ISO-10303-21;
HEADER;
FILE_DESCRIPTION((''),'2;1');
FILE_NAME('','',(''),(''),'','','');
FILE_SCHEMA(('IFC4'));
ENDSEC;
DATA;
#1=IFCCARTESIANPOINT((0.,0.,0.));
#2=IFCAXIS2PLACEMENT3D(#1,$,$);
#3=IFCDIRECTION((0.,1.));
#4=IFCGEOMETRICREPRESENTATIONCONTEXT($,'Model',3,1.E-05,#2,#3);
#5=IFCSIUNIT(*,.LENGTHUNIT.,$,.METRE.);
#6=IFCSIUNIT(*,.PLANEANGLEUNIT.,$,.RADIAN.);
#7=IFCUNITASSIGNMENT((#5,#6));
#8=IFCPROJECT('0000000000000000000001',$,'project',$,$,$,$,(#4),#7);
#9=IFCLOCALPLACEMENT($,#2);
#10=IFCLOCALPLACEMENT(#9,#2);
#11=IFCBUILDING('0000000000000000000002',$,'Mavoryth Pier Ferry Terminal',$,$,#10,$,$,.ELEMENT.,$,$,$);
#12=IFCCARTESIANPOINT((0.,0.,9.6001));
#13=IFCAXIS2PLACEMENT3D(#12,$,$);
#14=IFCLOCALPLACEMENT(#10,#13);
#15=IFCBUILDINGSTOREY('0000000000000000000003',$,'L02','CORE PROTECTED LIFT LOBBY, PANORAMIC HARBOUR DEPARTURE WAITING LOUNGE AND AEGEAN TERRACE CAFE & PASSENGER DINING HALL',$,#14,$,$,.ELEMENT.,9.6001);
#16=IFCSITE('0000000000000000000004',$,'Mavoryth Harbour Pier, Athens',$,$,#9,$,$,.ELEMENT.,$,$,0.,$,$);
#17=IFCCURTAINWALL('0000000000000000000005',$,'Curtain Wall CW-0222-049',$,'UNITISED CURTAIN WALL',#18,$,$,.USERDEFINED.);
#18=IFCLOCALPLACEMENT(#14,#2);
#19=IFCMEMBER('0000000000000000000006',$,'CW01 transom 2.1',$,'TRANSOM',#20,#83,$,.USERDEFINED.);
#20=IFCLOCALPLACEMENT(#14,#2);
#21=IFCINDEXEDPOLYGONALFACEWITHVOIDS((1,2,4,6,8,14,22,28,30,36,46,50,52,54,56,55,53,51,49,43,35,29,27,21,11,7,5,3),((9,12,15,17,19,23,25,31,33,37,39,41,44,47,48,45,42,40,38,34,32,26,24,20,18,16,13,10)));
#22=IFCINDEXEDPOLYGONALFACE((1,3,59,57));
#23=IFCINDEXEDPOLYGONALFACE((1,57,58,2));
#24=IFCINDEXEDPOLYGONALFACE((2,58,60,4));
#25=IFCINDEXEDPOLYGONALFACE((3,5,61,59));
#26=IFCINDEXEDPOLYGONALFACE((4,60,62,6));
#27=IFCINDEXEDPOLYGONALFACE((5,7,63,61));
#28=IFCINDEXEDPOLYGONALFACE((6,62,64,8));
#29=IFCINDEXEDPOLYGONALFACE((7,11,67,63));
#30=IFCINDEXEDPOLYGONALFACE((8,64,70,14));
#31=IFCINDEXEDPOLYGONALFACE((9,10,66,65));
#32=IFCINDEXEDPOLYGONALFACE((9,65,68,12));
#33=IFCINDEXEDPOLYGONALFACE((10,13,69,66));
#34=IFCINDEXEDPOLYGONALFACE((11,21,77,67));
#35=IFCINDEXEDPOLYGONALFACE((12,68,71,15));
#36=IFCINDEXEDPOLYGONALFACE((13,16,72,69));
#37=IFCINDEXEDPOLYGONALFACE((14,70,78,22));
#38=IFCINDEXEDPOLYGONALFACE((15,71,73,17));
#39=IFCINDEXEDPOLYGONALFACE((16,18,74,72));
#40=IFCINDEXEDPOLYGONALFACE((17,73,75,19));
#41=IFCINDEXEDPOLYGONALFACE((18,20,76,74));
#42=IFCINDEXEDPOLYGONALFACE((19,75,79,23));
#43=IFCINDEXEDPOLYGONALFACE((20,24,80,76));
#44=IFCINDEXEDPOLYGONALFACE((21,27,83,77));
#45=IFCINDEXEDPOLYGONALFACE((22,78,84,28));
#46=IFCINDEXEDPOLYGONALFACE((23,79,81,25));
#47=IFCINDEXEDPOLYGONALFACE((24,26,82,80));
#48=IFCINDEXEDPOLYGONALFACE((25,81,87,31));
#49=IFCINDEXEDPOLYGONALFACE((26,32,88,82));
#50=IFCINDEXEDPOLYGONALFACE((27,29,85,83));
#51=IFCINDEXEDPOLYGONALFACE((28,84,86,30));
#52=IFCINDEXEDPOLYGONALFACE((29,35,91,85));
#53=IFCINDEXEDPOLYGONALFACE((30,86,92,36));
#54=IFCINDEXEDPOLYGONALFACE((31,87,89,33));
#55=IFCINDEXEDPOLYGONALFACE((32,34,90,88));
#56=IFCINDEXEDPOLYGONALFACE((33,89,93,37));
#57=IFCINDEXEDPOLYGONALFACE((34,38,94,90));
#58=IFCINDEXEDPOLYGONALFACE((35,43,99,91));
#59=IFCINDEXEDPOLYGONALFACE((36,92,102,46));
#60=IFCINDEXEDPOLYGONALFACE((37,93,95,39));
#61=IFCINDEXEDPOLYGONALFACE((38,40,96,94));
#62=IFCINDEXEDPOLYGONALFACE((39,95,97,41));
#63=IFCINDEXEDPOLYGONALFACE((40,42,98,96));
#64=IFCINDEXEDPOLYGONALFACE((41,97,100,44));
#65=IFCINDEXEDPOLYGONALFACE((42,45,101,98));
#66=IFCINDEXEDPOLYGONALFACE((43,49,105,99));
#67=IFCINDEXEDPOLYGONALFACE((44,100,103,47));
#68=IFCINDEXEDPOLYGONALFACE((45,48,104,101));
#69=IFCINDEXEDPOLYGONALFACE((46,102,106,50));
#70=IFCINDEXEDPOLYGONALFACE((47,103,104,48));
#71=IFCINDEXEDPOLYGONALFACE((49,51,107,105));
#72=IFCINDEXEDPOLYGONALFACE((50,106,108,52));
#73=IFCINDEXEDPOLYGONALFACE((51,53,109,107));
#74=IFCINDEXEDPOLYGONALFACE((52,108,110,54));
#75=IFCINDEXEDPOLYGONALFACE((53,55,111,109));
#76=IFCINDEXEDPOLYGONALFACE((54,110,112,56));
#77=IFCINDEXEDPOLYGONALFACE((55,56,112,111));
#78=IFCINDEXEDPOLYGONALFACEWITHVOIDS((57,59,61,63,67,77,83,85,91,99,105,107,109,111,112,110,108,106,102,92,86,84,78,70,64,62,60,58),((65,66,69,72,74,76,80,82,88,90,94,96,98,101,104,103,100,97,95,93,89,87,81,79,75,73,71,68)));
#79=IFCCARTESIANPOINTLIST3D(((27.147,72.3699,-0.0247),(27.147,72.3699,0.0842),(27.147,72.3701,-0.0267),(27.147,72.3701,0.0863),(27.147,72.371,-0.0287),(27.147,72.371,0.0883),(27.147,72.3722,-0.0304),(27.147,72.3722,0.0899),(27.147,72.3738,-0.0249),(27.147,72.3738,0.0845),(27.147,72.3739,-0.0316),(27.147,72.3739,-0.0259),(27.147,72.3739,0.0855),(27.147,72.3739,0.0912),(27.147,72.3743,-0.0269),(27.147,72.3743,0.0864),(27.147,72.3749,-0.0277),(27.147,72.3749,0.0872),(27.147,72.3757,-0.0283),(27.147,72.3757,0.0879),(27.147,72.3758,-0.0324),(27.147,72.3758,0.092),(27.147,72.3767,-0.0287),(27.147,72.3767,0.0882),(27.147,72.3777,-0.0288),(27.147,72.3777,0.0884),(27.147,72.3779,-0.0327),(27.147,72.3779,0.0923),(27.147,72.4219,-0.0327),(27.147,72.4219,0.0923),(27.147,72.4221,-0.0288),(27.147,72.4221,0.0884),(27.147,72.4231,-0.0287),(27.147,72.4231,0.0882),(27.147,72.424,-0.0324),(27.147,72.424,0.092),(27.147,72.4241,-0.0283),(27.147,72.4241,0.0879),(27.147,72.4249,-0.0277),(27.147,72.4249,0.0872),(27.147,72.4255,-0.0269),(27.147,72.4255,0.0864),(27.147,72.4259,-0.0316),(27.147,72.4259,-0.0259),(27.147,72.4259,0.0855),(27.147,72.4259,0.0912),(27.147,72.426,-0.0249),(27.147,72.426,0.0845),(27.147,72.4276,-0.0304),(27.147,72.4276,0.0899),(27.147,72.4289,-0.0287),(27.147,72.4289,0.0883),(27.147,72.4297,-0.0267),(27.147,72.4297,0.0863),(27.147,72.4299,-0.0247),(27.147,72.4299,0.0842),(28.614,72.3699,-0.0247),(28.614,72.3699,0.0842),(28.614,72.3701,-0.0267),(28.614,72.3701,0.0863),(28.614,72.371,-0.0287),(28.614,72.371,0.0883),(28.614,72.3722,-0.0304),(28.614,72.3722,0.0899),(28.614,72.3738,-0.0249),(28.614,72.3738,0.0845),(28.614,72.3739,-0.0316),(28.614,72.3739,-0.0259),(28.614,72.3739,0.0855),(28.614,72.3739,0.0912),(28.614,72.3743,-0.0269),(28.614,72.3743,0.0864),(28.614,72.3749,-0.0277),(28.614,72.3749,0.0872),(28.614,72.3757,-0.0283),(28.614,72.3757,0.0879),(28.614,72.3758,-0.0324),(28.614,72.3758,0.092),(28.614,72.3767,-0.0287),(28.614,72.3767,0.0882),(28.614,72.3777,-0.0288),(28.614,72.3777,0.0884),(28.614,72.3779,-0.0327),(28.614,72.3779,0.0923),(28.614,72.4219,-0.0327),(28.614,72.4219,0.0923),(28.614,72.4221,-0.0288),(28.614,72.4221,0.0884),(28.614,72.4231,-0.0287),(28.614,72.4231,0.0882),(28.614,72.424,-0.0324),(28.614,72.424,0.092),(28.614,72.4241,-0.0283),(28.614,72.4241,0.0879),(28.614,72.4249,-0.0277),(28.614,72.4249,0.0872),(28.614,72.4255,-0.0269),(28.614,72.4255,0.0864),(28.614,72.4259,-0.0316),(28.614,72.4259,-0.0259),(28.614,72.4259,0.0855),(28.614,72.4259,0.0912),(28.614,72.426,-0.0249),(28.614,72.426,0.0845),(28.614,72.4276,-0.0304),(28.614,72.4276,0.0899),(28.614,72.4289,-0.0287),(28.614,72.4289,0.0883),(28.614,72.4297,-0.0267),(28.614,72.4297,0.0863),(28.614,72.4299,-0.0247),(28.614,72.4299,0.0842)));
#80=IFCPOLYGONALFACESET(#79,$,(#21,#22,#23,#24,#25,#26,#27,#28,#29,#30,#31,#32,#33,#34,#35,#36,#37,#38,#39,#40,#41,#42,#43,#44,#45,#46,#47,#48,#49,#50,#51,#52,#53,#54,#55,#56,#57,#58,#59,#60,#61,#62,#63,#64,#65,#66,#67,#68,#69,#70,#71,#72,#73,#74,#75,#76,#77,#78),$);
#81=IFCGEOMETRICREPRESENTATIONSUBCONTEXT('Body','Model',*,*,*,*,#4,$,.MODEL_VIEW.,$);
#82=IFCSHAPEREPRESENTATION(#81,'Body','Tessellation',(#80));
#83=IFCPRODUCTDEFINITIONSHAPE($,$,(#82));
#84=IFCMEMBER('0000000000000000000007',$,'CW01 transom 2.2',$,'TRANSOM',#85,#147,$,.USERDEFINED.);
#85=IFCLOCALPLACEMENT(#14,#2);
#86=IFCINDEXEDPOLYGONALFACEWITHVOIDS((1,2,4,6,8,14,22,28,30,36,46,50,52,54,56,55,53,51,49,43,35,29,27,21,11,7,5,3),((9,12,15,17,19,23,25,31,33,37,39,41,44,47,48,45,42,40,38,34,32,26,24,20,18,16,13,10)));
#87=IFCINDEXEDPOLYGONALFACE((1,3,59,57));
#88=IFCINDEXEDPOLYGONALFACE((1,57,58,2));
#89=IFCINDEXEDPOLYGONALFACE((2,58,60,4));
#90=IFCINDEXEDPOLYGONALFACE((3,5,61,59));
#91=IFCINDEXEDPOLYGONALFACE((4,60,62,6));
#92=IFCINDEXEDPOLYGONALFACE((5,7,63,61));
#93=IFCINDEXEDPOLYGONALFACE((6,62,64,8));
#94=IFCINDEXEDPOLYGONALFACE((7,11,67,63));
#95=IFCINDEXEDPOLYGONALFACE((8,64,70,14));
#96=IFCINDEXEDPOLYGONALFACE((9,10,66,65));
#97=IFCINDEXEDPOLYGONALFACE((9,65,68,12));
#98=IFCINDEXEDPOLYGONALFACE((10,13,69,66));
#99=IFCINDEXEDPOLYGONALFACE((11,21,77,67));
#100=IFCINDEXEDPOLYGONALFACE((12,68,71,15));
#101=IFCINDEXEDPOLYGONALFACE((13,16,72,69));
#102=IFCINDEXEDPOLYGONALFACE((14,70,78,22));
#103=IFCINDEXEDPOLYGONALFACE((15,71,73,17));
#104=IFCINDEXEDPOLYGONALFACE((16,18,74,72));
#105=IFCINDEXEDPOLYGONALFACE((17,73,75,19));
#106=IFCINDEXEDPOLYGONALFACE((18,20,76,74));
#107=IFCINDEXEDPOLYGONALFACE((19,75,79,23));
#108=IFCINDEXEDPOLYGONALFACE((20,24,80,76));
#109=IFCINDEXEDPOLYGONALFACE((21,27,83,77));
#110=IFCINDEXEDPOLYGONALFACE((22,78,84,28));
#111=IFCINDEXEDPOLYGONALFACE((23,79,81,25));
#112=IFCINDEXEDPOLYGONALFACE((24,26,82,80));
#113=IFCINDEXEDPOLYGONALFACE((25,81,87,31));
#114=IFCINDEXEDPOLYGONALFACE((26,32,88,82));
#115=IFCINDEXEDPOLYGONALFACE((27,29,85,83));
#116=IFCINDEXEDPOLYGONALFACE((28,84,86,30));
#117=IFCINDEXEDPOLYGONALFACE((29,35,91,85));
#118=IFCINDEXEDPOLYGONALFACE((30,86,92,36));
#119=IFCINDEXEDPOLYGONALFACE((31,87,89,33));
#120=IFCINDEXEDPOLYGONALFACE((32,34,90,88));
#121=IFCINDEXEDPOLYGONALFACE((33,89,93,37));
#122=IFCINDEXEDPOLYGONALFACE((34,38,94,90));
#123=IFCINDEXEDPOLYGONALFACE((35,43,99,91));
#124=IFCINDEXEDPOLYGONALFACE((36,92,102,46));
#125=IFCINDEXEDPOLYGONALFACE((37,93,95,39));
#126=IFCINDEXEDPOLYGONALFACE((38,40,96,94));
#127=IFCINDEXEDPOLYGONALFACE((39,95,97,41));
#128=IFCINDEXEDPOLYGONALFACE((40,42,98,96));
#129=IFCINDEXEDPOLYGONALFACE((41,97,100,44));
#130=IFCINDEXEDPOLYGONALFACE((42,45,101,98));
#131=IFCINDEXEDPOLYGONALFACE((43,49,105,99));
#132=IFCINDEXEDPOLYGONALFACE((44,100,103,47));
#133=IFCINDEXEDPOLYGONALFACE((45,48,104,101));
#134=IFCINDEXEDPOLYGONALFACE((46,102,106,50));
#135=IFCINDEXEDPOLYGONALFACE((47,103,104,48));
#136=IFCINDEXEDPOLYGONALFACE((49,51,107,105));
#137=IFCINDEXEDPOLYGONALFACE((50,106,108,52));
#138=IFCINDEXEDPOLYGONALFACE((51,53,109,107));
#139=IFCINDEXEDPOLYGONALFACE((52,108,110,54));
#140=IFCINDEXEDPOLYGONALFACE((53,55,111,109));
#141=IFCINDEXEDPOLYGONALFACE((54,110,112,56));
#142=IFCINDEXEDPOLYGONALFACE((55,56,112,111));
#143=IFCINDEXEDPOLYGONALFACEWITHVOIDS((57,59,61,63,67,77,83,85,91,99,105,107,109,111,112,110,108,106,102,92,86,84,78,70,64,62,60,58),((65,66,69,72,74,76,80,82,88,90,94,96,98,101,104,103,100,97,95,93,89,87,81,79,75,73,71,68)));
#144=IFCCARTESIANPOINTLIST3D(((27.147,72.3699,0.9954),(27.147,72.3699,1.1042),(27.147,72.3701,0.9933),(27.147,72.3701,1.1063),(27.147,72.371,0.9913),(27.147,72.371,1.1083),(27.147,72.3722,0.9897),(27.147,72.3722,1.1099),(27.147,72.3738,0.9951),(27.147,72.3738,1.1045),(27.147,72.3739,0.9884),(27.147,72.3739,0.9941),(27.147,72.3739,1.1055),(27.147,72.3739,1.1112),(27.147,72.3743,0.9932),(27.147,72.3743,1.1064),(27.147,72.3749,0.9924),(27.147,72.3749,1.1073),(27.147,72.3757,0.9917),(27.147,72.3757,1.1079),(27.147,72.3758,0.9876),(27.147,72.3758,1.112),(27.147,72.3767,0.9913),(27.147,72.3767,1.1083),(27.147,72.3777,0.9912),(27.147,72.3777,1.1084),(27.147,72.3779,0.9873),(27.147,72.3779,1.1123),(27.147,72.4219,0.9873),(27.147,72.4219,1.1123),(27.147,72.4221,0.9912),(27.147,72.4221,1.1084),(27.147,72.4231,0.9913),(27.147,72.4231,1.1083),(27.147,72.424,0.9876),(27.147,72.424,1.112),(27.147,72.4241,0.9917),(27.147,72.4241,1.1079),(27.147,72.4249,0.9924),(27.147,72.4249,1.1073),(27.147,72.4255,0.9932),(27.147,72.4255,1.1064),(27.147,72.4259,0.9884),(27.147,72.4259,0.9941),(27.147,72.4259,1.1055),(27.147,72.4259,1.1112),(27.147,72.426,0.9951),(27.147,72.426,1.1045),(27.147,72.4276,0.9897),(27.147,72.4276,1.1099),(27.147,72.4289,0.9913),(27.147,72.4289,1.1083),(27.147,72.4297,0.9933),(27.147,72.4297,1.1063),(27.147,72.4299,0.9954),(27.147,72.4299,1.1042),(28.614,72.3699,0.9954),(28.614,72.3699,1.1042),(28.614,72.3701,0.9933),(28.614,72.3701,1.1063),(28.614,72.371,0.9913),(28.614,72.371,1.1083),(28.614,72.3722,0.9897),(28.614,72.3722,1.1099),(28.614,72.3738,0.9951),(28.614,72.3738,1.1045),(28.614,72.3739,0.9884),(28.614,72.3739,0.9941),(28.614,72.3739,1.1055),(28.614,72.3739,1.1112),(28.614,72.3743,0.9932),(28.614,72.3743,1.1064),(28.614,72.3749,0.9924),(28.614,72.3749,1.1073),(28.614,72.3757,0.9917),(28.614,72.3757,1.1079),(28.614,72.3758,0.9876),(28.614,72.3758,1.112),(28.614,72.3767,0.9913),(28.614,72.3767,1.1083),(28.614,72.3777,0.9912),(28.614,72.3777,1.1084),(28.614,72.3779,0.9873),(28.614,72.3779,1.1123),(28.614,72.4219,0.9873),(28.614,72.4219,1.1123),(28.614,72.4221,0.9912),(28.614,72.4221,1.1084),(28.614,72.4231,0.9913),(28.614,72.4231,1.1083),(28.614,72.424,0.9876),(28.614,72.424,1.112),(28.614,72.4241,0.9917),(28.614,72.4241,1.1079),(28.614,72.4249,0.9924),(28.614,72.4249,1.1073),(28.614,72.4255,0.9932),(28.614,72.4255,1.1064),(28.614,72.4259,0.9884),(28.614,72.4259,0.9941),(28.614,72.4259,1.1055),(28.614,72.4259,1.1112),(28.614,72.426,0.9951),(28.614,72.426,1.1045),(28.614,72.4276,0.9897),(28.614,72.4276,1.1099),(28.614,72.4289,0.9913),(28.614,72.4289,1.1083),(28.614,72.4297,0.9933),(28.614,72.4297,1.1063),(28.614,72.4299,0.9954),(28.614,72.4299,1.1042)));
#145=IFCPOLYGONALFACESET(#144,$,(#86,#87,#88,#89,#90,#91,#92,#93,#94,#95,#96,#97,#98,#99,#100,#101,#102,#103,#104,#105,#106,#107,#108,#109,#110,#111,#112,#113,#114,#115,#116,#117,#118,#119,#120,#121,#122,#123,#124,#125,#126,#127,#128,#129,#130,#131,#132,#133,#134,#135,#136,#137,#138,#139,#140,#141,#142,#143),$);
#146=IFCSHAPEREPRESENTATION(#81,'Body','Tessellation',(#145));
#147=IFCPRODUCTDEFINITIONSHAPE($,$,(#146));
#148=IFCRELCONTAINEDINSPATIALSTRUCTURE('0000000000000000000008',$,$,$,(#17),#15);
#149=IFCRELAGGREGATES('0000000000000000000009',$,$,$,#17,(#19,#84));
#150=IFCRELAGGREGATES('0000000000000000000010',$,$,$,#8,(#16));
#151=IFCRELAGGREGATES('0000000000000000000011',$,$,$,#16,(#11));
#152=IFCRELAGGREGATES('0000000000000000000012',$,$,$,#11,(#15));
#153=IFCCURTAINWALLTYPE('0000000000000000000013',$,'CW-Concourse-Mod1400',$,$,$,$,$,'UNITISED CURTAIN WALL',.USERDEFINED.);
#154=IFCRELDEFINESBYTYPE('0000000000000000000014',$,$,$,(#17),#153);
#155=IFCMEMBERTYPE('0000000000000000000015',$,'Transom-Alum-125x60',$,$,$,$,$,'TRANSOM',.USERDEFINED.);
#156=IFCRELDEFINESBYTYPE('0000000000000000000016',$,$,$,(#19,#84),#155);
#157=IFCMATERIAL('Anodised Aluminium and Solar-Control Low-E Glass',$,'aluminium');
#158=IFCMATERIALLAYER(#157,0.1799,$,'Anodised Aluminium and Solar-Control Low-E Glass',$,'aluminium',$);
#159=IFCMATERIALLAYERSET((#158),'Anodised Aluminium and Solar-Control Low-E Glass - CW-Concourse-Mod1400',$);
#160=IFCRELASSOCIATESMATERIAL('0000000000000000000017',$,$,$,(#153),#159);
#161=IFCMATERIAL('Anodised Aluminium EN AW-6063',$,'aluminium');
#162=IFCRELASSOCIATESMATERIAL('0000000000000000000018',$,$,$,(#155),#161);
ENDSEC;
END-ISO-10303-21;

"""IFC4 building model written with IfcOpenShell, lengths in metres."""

from ifc_helpers import new_model, si_unit, direction, frame, origin, origin_2d, place, context, subcontext, project, spatial, hollow_rectangle, extrude, material, layer, layer_set, material_profile, profile_set, type_object, element, aggregate, save


model = new_model("IFC4")

# Units and contexts
model_context = context("Model", 3, precision=1e-05, world=origin(), true_north=direction((0.0, 1.0)))
body_context = subcontext(model_context, "Body", "Model", "MODEL_VIEW")
ifc_project = project(units=[si_unit("LENGTHUNIT", "METRE"), si_unit("PLANEANGLEUNIT", "RADIAN")], contexts=[model_context])

# Site, building, storey
site_placement = place(None, origin())
site = spatial("IfcSite", under=ifc_project, at=site_placement, Name="Mavoryth Harbour Pier, Athens", CompositionType="ELEMENT", RefElevation=0.0)
building_placement = place(site_placement, origin())
building = spatial("IfcBuilding", under=site, at=building_placement, Name="Mavoryth Pier Ferry Terminal", CompositionType="ELEMENT")
storey_placement = place(building_placement, frame((0.0, 0.0, 9.6001)))
storey = spatial("IfcBuildingStorey", under=building, at=storey_placement, Name="L02", Description="CORE PROTECTED LIFT LOBBY, PANORAMIC HARBOUR DEPARTURE WAITING LOUNGE AND AEGEAN TERRACE CAFE & PASSENGER DINING HALL", CompositionType="ELEMENT", Elevation=9.6001)

# Shared definitions
ifc_material_1 = material(Name="Anodised Aluminium and Solar-Control Low-E Glass", Category="aluminium")
ifc_layer_1 = layer(ifc_material_1, 0.1799, Name="Anodised Aluminium and Solar-Control Low-E Glass", Category="aluminium")
ifc_layer_set_1 = layer_set([ifc_layer_1], Name="Anodised Aluminium and Solar-Control Low-E Glass - CW-Concourse-Mod1400")
curtain_wall_type = type_object("IfcCurtainWallType", Name="CW-Concourse-Mod1400", ElementType="UNITISED CURTAIN WALL", PredefinedType="USERDEFINED", material=ifc_layer_set_1)
ifc_material_2 = material(Name="Anodised Aluminium EN AW-6063", Category="aluminium")

# Curtain wall
curtain_wall_1_placement = place(storey_placement, origin())
curtain_wall_1 = element("IfcCurtainWall", 1, at=curtain_wall_1_placement, inside=storey, type_object=curtain_wall_type, Name="Curtain Wall CW-0222-049", ObjectType="UNITISED CURTAIN WALL", PredefinedType="USERDEFINED")

# Members
ifc_material_profile_1 = material_profile(ifc_material_2, hollow_rectangle(XDim=0.0601, YDim=0.125, WallThickness=0.0039, InnerFilletRadius=0.0039, OuterFilletRadius=0.0081, at=origin_2d()), Name="AL-TRAN 125x60x4", Category="aluminium")
ifc_profile_set_1 = profile_set([ifc_material_profile_1], Name="Anodised Aluminium EN AW-6063 - AL-TRAN 125x60x4")
member_type_1 = type_object("IfcMemberType", Name="Transom-Alum-125x60", ElementType="TRANSOM", PredefinedType="USERDEFINED", material=ifc_profile_set_1)
member_1_placement = place(storey_placement, frame((27.147, 72.3999, 0.0298), z_axis=(1.0, 0.0, 0.0), x_axis=(0.0, 1.0, 0.0)))
member_1 = element("IfcMember", 2, at=member_1_placement, type_object=member_type_1, Name="CW01 transom 2.1", ObjectType="TRANSOM", PredefinedType="USERDEFINED", context=body_context, shape_type="SweptSolid", body=[
    extrude(hollow_rectangle(XDim=0.0601, YDim=0.125, WallThickness=0.0039, InnerFilletRadius=0.0039, OuterFilletRadius=0.0081, at=origin_2d()), origin(), (0.0, 0.0, 1.0), 1.467),
])
member_2_placement = place(storey_placement, frame((27.147, 72.3999, 1.0498), z_axis=(1.0, 0.0, 0.0), x_axis=(0.0, 1.0, 0.0)))
member_2 = element("IfcMember", 3, at=member_2_placement, type_object=member_type_1, Name="CW01 transom 2.2", ObjectType="TRANSOM", PredefinedType="USERDEFINED", context=body_context, shape_type="SweptSolid", body=[
    extrude(hollow_rectangle(XDim=0.0601, YDim=0.125, WallThickness=0.0039, InnerFilletRadius=0.0039, OuterFilletRadius=0.0081, at=origin_2d()), origin(), (0.0, 0.0, 1.0), 1.467),
])

aggregate(curtain_wall_1, [member_1, member_2])

save(model, "model.ifc")
